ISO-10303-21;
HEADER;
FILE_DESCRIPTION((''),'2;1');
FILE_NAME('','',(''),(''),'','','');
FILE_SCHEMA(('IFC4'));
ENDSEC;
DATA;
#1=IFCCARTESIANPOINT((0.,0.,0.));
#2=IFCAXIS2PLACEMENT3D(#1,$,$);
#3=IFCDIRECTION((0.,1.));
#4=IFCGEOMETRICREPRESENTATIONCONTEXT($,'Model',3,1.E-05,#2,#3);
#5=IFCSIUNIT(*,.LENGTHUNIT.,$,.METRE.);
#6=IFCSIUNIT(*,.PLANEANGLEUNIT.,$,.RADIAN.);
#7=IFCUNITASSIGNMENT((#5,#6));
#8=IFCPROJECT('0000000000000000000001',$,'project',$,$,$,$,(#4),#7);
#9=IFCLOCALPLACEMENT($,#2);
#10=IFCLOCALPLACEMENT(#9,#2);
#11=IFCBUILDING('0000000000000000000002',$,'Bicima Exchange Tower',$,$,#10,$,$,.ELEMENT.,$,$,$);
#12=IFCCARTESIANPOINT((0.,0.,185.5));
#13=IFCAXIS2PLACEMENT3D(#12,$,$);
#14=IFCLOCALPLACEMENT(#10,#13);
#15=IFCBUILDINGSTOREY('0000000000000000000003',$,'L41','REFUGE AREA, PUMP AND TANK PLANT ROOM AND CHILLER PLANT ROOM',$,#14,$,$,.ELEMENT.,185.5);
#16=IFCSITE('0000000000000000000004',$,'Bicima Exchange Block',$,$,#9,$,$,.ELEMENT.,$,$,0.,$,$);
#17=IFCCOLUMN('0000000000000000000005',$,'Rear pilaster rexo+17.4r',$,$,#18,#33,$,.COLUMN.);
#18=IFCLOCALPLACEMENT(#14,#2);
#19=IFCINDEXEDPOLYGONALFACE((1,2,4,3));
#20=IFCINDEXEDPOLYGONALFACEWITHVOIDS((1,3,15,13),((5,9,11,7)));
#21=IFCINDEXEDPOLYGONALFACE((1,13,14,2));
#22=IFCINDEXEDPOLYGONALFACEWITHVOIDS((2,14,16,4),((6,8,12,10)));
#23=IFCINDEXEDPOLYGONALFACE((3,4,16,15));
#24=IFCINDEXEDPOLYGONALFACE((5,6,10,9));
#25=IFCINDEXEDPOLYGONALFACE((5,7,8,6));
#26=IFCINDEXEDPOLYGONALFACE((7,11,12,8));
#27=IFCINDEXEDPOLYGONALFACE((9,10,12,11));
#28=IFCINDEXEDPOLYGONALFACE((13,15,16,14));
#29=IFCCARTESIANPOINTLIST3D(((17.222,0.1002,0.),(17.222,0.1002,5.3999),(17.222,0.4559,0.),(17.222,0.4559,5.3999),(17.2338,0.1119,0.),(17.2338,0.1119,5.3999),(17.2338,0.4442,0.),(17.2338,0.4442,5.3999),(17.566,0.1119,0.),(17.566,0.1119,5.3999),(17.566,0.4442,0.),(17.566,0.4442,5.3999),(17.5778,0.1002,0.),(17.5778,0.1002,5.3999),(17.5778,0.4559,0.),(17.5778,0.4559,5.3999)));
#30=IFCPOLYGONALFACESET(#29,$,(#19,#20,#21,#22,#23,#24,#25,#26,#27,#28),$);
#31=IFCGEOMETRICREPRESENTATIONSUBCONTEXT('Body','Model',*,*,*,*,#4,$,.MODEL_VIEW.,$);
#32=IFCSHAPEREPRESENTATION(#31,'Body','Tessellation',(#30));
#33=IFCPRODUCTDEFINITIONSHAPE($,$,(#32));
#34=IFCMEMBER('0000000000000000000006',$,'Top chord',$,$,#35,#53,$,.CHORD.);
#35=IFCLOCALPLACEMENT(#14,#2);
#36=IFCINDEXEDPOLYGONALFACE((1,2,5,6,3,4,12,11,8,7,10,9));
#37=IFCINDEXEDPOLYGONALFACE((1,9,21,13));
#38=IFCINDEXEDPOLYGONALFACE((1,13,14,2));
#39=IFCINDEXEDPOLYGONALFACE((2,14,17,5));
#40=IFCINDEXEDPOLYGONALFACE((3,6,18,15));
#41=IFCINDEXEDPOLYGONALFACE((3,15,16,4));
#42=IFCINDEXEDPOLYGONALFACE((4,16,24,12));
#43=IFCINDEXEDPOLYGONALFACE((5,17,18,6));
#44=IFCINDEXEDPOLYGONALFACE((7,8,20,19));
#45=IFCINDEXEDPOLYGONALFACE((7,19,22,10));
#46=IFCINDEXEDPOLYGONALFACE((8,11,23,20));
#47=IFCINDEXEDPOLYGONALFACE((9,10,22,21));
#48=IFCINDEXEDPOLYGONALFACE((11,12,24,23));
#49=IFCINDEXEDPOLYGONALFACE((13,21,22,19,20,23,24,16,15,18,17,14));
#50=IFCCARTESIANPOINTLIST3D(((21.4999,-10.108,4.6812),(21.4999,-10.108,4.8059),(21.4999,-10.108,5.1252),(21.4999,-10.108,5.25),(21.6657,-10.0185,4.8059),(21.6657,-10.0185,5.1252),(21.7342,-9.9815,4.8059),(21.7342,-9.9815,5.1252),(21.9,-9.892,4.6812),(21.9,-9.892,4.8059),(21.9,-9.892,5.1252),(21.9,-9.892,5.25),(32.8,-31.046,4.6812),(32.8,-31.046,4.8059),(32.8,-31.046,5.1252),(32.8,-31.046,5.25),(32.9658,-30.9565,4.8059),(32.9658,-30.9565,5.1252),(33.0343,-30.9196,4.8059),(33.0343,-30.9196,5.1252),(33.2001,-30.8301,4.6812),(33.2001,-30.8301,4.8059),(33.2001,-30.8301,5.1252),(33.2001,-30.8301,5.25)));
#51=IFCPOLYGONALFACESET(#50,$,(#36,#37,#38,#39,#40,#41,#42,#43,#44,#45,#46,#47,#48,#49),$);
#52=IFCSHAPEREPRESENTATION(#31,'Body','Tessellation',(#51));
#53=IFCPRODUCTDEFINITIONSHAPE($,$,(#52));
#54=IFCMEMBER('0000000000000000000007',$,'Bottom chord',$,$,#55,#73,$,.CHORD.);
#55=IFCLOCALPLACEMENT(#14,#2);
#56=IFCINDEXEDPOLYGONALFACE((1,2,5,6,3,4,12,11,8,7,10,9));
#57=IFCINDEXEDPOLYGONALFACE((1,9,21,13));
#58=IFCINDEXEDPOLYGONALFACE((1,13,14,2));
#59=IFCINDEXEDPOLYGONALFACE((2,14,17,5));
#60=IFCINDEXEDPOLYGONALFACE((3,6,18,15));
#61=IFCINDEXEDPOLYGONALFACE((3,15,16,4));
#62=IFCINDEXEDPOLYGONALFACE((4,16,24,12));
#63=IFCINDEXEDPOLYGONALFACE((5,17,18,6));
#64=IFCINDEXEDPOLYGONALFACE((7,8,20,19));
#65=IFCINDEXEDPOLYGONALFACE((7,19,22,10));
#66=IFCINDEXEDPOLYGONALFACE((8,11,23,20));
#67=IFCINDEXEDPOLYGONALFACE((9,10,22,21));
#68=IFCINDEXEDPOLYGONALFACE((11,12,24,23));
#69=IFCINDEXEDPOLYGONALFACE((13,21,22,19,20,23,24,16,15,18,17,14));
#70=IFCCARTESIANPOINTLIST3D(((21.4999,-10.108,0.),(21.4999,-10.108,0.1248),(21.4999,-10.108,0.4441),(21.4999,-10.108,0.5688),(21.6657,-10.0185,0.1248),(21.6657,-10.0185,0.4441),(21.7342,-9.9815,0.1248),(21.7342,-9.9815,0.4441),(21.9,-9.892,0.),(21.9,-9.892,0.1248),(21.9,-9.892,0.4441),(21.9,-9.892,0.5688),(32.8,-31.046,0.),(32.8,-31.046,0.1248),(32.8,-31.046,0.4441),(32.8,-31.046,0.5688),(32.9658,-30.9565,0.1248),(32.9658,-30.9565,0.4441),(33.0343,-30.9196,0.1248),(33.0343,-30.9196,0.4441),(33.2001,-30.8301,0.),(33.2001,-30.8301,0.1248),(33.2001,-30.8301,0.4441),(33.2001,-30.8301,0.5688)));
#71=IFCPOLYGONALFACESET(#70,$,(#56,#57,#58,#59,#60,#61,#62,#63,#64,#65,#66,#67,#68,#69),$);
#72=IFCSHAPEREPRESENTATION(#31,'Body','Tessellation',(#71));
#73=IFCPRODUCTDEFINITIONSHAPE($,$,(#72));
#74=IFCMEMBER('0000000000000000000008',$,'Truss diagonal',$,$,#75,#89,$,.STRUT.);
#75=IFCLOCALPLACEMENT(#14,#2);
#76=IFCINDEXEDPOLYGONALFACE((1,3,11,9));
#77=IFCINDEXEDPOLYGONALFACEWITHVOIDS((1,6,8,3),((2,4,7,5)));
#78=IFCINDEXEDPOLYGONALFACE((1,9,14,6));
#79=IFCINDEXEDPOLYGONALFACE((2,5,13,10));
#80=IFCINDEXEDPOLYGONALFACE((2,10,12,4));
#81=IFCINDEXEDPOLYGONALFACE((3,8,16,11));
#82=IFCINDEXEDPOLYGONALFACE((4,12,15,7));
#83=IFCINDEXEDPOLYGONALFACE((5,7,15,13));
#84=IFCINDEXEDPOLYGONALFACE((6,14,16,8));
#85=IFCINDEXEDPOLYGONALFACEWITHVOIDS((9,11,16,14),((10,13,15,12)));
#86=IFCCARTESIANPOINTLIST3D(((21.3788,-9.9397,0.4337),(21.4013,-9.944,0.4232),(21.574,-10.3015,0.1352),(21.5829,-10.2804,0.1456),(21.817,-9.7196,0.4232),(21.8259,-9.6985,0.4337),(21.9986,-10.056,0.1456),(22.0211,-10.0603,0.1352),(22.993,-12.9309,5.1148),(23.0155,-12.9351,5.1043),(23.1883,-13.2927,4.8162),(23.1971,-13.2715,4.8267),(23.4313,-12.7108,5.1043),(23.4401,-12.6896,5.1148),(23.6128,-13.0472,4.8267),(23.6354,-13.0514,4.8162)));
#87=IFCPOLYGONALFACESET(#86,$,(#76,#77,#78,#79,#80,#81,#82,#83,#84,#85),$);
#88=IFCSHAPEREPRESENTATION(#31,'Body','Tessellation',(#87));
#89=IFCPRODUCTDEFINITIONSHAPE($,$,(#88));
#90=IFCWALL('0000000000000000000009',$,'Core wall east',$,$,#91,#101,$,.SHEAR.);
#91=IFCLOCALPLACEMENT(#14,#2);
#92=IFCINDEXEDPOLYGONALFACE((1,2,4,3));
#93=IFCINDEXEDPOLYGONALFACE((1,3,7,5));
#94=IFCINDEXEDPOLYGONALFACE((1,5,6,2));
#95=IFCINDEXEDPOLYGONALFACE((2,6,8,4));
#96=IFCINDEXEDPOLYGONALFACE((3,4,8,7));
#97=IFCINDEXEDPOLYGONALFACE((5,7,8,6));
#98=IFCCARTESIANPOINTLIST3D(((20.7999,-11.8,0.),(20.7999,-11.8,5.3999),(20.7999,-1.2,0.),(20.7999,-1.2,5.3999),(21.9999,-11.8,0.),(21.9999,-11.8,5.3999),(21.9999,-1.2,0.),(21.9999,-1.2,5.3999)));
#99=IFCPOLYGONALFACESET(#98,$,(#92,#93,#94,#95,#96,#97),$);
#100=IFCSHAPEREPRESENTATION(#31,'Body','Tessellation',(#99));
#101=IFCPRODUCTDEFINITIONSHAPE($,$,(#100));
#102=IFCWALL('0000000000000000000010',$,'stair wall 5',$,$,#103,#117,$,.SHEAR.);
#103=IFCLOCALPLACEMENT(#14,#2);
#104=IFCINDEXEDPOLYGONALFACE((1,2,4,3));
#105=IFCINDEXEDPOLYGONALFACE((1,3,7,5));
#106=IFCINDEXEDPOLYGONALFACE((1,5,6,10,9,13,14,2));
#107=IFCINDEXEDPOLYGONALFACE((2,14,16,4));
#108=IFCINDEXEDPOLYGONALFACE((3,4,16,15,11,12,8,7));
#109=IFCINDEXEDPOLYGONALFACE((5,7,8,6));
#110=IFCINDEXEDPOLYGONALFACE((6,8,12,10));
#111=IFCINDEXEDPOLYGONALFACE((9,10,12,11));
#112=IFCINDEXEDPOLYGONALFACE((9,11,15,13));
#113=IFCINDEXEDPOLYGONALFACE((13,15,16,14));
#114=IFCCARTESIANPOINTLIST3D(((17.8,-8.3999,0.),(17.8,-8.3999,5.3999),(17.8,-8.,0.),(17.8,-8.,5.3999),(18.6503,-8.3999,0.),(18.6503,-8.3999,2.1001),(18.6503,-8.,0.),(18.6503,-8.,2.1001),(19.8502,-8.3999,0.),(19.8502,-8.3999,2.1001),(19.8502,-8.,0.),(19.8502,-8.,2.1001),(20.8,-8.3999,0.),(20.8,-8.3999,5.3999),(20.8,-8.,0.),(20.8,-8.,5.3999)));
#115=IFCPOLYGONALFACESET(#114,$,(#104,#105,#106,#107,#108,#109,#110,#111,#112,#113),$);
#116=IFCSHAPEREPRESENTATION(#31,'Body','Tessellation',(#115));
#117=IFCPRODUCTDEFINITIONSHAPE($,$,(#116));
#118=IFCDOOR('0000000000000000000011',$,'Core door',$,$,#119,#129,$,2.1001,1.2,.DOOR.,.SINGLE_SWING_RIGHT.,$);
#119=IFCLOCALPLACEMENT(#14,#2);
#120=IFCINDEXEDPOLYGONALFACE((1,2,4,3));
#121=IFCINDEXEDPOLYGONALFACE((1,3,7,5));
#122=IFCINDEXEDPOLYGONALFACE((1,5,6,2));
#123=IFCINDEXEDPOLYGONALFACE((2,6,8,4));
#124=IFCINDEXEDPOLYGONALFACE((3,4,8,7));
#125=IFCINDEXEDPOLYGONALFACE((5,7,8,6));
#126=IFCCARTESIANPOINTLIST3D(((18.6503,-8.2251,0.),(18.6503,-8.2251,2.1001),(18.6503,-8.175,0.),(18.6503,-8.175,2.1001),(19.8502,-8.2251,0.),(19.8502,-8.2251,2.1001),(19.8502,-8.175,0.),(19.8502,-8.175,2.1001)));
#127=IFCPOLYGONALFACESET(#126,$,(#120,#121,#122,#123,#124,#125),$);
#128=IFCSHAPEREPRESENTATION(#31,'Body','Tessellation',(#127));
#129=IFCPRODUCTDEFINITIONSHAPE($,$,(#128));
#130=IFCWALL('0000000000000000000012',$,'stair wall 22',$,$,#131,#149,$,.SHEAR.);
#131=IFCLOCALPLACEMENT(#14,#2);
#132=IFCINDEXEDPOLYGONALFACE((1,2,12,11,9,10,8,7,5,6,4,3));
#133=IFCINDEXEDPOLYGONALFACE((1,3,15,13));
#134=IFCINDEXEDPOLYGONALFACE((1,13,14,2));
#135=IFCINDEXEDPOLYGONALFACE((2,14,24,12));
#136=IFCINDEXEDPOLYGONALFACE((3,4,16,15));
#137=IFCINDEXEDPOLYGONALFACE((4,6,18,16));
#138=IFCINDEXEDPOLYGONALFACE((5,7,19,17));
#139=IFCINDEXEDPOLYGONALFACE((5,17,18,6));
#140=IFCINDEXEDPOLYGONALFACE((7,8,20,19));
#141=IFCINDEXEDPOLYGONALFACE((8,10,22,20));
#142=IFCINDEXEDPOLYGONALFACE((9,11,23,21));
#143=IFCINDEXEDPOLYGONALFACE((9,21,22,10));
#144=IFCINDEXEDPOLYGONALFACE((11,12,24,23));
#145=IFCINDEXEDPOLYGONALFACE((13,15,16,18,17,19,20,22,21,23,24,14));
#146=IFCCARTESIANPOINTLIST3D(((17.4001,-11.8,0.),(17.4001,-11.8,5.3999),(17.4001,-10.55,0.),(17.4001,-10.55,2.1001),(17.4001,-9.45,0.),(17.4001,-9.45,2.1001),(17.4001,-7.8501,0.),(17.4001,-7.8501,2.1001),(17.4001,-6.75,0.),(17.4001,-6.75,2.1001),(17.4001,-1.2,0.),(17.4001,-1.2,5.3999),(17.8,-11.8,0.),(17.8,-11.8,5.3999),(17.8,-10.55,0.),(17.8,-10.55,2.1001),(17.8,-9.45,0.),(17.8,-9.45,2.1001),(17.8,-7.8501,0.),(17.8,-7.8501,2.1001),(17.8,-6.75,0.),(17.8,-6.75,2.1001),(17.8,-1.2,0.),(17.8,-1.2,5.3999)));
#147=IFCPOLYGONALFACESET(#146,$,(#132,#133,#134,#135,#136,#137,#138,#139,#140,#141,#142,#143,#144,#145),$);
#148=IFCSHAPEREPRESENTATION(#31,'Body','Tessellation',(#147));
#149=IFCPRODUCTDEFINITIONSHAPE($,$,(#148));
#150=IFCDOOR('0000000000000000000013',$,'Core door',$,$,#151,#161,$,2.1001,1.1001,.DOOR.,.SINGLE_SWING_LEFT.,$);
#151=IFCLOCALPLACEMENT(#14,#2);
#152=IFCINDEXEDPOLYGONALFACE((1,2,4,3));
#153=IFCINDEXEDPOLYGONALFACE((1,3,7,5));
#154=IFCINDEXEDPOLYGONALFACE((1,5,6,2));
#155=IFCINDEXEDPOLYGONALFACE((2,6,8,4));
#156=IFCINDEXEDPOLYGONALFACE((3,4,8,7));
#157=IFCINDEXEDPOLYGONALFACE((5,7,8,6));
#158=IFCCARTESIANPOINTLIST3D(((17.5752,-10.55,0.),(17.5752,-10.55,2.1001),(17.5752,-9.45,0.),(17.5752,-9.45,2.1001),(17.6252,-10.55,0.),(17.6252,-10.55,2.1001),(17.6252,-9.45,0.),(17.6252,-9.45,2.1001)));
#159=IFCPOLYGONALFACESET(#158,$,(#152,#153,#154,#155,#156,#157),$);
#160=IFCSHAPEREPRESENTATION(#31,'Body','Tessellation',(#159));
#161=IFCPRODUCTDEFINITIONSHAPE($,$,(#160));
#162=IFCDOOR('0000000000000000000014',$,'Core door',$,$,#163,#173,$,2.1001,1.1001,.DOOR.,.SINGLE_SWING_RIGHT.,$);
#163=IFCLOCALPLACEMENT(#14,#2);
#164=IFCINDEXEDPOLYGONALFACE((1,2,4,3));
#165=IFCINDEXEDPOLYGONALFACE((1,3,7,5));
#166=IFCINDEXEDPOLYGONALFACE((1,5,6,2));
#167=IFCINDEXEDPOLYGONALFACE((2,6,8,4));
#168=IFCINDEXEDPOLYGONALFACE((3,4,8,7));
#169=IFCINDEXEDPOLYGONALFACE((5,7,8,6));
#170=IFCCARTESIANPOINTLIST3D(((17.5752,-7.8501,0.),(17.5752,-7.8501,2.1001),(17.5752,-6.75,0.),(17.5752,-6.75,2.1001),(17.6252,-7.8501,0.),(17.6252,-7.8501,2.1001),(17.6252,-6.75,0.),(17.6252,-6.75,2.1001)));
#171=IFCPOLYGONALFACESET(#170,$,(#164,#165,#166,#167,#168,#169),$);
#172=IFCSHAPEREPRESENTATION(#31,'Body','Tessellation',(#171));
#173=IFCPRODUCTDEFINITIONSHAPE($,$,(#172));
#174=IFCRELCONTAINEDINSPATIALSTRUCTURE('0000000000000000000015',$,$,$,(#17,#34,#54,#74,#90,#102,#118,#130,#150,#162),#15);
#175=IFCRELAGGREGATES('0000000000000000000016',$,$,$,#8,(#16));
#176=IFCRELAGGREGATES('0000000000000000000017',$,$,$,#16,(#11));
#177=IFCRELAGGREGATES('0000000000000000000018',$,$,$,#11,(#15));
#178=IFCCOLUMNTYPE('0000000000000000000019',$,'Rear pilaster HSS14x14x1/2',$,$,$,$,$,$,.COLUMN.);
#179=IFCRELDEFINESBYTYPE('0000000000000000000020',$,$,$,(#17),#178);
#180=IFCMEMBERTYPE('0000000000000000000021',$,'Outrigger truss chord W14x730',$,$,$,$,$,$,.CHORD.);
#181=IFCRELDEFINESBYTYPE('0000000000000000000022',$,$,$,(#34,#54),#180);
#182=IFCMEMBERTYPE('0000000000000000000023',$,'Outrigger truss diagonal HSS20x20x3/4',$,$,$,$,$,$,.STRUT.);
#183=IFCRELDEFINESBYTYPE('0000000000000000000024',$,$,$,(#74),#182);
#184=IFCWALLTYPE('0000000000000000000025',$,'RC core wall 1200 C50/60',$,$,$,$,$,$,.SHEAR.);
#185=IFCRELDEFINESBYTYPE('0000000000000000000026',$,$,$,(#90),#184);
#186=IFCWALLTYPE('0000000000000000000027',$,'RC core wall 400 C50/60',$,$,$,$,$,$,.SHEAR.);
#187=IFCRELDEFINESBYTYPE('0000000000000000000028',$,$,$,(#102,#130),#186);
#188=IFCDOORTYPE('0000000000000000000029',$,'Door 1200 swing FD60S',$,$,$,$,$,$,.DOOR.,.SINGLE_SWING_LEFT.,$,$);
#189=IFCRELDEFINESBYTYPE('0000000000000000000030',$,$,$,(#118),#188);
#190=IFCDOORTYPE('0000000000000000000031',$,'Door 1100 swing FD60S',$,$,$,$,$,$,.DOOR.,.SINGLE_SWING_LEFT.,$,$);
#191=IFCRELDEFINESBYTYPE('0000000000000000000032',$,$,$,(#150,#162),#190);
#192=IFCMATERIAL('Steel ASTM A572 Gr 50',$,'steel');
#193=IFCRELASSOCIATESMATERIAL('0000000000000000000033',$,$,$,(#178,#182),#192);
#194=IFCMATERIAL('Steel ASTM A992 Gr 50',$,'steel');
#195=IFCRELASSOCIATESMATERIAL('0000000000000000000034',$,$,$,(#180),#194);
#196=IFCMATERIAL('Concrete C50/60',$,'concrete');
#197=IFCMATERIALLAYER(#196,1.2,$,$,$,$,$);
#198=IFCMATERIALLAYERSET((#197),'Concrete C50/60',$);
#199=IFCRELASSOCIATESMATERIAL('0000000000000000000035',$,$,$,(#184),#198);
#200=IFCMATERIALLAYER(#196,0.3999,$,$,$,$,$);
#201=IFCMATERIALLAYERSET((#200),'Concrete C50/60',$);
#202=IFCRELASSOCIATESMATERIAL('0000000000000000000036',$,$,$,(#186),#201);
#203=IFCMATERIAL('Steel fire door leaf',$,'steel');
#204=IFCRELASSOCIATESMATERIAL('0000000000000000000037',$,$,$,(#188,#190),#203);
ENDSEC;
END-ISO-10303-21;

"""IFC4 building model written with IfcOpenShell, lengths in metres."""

from ifc_helpers import new_model, si_unit, direction, frame, frame_2d, origin, origin_2d, place, context, subcontext, project, spatial, rectangle, hollow_rectangle, i_section, extrude, material, layer, layer_set, material_profile, profile_set, type_object, element, fill, save


model = new_model("IFC4")

# Units and contexts
model_context = context("Model", 3, precision=1e-05, world=origin(), true_north=direction((0.0, 1.0)))
body_context = subcontext(model_context, "Body", "Model", "MODEL_VIEW")
ifc_project = project(units=[si_unit("LENGTHUNIT", "METRE"), si_unit("PLANEANGLEUNIT", "RADIAN")], contexts=[model_context])

# Site, building, storey
site_placement = place(None, origin())
site = spatial("IfcSite", under=ifc_project, at=site_placement, Name="Bicima Exchange Block", CompositionType="ELEMENT", RefElevation=0.0)
building_placement = place(site_placement, origin())
building = spatial("IfcBuilding", under=site, at=building_placement, Name="Bicima Exchange Tower", CompositionType="ELEMENT")
storey_placement = place(building_placement, frame((0.0, 0.0, 185.5)))
storey = spatial("IfcBuildingStorey", under=building, at=storey_placement, Name="L41", Description="REFUGE AREA, PUMP AND TANK PLANT ROOM AND CHILLER PLANT ROOM", CompositionType="ELEMENT", Elevation=185.5)

# Column
ifc_material_1 = material(Name="Steel ASTM A572 Gr 50", Category="steel")
ifc_material_profile_1 = material_profile(ifc_material_1, hollow_rectangle(XDim=0.3557, YDim=0.3557, WallThickness=0.0117, at=origin_2d()))
ifc_profile_set_1 = profile_set([ifc_material_profile_1], Name="Steel ASTM A572 Gr 50")
column_type = type_object("IfcColumnType", Name="Rear pilaster HSS14x14x1/2", PredefinedType="COLUMN", material=ifc_profile_set_1)
column_placement = place(storey_placement, frame((17.3999, 0.2781, 0.0), z_axis=(0.0, 0.0, 1.0), x_axis=(1.0, 0.0, 0.0)))
element("IfcColumn", 1, at=column_placement, inside=storey, type_object=column_type, Name="Rear pilaster rexo+17.4r", PredefinedType="COLUMN", context=body_context, shape_type="SweptSolid", body=[
    extrude(hollow_rectangle(XDim=0.3557, YDim=0.3557, WallThickness=0.0117, at=origin_2d()), origin(), (0.0, 0.0, 1.0), 5.3999),
])

# Members
ifc_material_2 = material(Name="Steel ASTM A992 Gr 50", Category="steel")
ifc_material_profile_2 = material_profile(ifc_material_2, i_section(OverallWidth=0.4546, OverallDepth=0.5688, WebThickness=0.0779, FlangeThickness=0.1248, at=origin_2d()))
ifc_profile_set_2 = profile_set([ifc_material_profile_2], Name="Steel ASTM A992 Gr 50")
member_type_1 = type_object("IfcMemberType", Name="Outrigger truss chord W14x730", PredefinedType="CHORD", material=ifc_profile_set_2)
for number, where, z_axis, x_axis, name in (
    (2, (21.7, -10.0, 4.9656), (0.474939, -0.880019, 0.0), (0.880019, 0.474939, 0.0), "Top chord"),
    (3, (21.7, -10.0, 0.2844), (0.474939, -0.880019, 0.0), (0.880019, 0.474939, 0.0), "Bottom chord"),
):
    element("IfcMember", number, at=place(storey_placement, frame(where, z_axis=z_axis, x_axis=x_axis)), inside=storey, type_object=member_type_1, Name=name, PredefinedType="CHORD", context=body_context, shape_type="SweptSolid", body=[
        extrude(i_section(OverallWidth=0.4546, OverallDepth=0.5688, WebThickness=0.0779, FlangeThickness=0.1248, at=origin_2d()), origin(), (0.0, 0.0, 1.0), 23.7927),
    ])
ifc_material_profile_3 = material_profile(ifc_material_1, hollow_rectangle(XDim=0.5081, YDim=0.5081, WallThickness=0.0178, at=origin_2d()))
ifc_profile_set_3 = profile_set([ifc_material_profile_3], Name="Steel ASTM A572 Gr 50")
member_type_2 = type_object("IfcMemberType", Name="Outrigger truss diagonal HSS20x20x3/4", PredefinedType="STRUT", material=ifc_profile_set_3)
member_placement = place(storey_placement, frame((21.7, -10.0, 0.2844), z_axis=(0.279041, -0.517062, 0.809186), x_axis=(0.880028, 0.474922, 0.0)))
element("IfcMember", 4, at=member_placement, inside=storey, type_object=member_type_2, Name="Truss diagonal", PredefinedType="STRUT", context=body_context, shape_type="SweptSolid", body=[
    extrude(hollow_rectangle(XDim=0.5081, YDim=0.5081, WallThickness=0.0178, at=origin_2d()), origin(), (0.0, 0.0, 1.0), 5.7849),
])

# Wall
ifc_material_3 = material(Name="Concrete C50/60", Category="concrete")
ifc_layer_1 = layer(ifc_material_3, 1.2)
ifc_layer_set_1 = layer_set([ifc_layer_1], Name="Concrete C50/60")
wall_type_1 = type_object("IfcWallType", Name="RC core wall 1200 C50/60", PredefinedType="SHEAR", material=ifc_layer_set_1)
wall_1_placement = place(storey_placement, frame((21.3999, -11.8, 0.0), z_axis=(0.0, 0.0, 1.0), x_axis=(0.0, 1.0, 0.0)))
element("IfcWall", 5, at=wall_1_placement, inside=storey, type_object=wall_type_1, Name="Core wall east", PredefinedType="SHEAR", context=body_context, shape_type="SweptSolid", body=[
    extrude(rectangle(XDim=10.6001, YDim=1.2, at=frame_2d((5.3, 0.0))), origin(), (0.0, 0.0, 1.0), 5.3999),
])

# Wall, opening, door
ifc_layer_2 = layer(ifc_material_3, 0.3999)
ifc_layer_set_2 = layer_set([ifc_layer_2], Name="Concrete C50/60")
wall_type_2 = type_object("IfcWallType", Name="RC core wall 400 C50/60", PredefinedType="SHEAR", material=ifc_layer_set_2)
wall_2_placement = place(storey_placement, frame((17.8, -8.2, 0.0), z_axis=(0.0, 0.0, 1.0), x_axis=(1.0, 0.0, 0.0)))
wall_2 = element("IfcWall", 6, at=wall_2_placement, inside=storey, type_object=wall_type_2, Name="stair wall 5", PredefinedType="SHEAR", context=body_context, shape_type="SweptSolid", body=[
    extrude(rectangle(XDim=3.0, YDim=0.3999, at=frame_2d((1.5, 0.0))), origin(), (0.0, 0.0, 1.0), 5.3999),
])
opening_1_placement = place(wall_2_placement, frame((0.8501, 0.0, 0.0)))
opening_1 = element("IfcOpeningElement", 7, at=opening_1_placement, cuts=wall_2, PredefinedType="OPENING", context=body_context, shape_type="SweptSolid", body=[
    extrude(rectangle(XDim=1.2, YDim=2.1001, at=frame_2d((0.6001, 1.05))), frame((0.0, 0.2119, 0.0), z_axis=(0.0, -1.0, 0.0), x_axis=(1.0, 0.0, 0.0)), (0.0, 0.0, 1.0), 0.4238),
])
ifc_material_4 = material(Name="Steel fire door leaf", Category="steel")
door_type_1 = type_object("IfcDoorType", Name="Door 1200 swing FD60S", OperationType="SINGLE_SWING_LEFT", PredefinedType="DOOR", material=ifc_material_4)
door_1_placement = place(opening_1_placement, origin())
door_1 = element("IfcDoor", 8, at=door_1_placement, inside=storey, type_object=door_type_1, Name="Core door", OperationType="SINGLE_SWING_RIGHT", OverallHeight=2.1001, OverallWidth=1.2, PredefinedType="DOOR", context=body_context, shape_type="SweptSolid", body=[
    extrude(rectangle(XDim=1.2, YDim=2.1001, at=frame_2d((0.6001, 1.05))), frame((0.0, 0.0249, 0.0), z_axis=(0.0, -1.0, 0.0), x_axis=(1.0, 0.0, 0.0)), (0.0, 0.0, 1.0), 0.05),
])
fill(opening_1, door_1)

# Wall, openings, doors
wall_3_placement = place(storey_placement, frame((17.6001, -11.8, 0.0), z_axis=(0.0, 0.0, 1.0), x_axis=(0.0, 1.0, 0.0)))
wall_3 = element("IfcWall", 9, at=wall_3_placement, inside=storey, type_object=wall_type_2, Name="stair wall 22", PredefinedType="SHEAR", context=body_context, shape_type="SweptSolid", body=[
    extrude(rectangle(XDim=10.6001, YDim=0.3999, at=frame_2d((5.3, 0.0))), origin(), (0.0, 0.0, 1.0), 5.3999),
])
opening_2_placement = place(wall_3_placement, frame((1.25, 0.0, 0.0)))
opening_2 = element("IfcOpeningElement", 10, at=opening_2_placement, cuts=wall_3, PredefinedType="OPENING", context=body_context, shape_type="SweptSolid", body=[
    extrude(rectangle(XDim=1.1001, YDim=2.1001, at=frame_2d((0.55, 1.05))), frame((0.0, 0.2119, 0.0), z_axis=(0.0, -1.0, 0.0), x_axis=(1.0, 0.0, 0.0)), (0.0, 0.0, 1.0), 0.4238),
])
opening_3_placement = place(wall_3_placement, frame((3.95, 0.0, 0.0)))
opening_3 = element("IfcOpeningElement", 11, at=opening_3_placement, cuts=wall_3, PredefinedType="OPENING", context=body_context, shape_type="SweptSolid", body=[
    extrude(rectangle(XDim=1.1001, YDim=2.1001, at=frame_2d((0.55, 1.05))), frame((0.0, 0.2119, 0.0), z_axis=(0.0, -1.0, 0.0), x_axis=(1.0, 0.0, 0.0)), (0.0, 0.0, 1.0), 0.4238),
])
door_type_2 = type_object("IfcDoorType", Name="Door 1100 swing FD60S", OperationType="SINGLE_SWING_LEFT", PredefinedType="DOOR", material=ifc_material_4)
door_2_placement = place(opening_2_placement, origin())
door_2 = element("IfcDoor", 12, at=door_2_placement, inside=storey, type_object=door_type_2, Name="Core door", OperationType="SINGLE_SWING_LEFT", OverallHeight=2.1001, OverallWidth=1.1001, PredefinedType="DOOR", context=body_context, shape_type="SweptSolid", body=[
    extrude(rectangle(XDim=1.1001, YDim=2.1001, at=frame_2d((0.55, 1.05))), frame((0.0, 0.0249, 0.0), z_axis=(0.0, -1.0, 0.0), x_axis=(1.0, 0.0, 0.0)), (0.0, 0.0, 1.0), 0.05),
])
fill(opening_2, door_2)
door_3_placement = place(opening_3_placement, origin())
door_3 = element("IfcDoor", 13, at=door_3_placement, inside=storey, type_object=door_type_2, Name="Core door", OperationType="SINGLE_SWING_RIGHT", OverallHeight=2.1001, OverallWidth=1.1001, PredefinedType="DOOR", context=body_context, shape_type="SweptSolid", body=[
    extrude(rectangle(XDim=1.1001, YDim=2.1001, at=frame_2d((0.55, 1.05))), frame((0.0, 0.0249, 0.0), z_axis=(0.0, -1.0, 0.0), x_axis=(1.0, 0.0, 0.0)), (0.0, 0.0, 1.0), 0.05),
])
fill(opening_3, door_3)

save(model, "model.ifc")
